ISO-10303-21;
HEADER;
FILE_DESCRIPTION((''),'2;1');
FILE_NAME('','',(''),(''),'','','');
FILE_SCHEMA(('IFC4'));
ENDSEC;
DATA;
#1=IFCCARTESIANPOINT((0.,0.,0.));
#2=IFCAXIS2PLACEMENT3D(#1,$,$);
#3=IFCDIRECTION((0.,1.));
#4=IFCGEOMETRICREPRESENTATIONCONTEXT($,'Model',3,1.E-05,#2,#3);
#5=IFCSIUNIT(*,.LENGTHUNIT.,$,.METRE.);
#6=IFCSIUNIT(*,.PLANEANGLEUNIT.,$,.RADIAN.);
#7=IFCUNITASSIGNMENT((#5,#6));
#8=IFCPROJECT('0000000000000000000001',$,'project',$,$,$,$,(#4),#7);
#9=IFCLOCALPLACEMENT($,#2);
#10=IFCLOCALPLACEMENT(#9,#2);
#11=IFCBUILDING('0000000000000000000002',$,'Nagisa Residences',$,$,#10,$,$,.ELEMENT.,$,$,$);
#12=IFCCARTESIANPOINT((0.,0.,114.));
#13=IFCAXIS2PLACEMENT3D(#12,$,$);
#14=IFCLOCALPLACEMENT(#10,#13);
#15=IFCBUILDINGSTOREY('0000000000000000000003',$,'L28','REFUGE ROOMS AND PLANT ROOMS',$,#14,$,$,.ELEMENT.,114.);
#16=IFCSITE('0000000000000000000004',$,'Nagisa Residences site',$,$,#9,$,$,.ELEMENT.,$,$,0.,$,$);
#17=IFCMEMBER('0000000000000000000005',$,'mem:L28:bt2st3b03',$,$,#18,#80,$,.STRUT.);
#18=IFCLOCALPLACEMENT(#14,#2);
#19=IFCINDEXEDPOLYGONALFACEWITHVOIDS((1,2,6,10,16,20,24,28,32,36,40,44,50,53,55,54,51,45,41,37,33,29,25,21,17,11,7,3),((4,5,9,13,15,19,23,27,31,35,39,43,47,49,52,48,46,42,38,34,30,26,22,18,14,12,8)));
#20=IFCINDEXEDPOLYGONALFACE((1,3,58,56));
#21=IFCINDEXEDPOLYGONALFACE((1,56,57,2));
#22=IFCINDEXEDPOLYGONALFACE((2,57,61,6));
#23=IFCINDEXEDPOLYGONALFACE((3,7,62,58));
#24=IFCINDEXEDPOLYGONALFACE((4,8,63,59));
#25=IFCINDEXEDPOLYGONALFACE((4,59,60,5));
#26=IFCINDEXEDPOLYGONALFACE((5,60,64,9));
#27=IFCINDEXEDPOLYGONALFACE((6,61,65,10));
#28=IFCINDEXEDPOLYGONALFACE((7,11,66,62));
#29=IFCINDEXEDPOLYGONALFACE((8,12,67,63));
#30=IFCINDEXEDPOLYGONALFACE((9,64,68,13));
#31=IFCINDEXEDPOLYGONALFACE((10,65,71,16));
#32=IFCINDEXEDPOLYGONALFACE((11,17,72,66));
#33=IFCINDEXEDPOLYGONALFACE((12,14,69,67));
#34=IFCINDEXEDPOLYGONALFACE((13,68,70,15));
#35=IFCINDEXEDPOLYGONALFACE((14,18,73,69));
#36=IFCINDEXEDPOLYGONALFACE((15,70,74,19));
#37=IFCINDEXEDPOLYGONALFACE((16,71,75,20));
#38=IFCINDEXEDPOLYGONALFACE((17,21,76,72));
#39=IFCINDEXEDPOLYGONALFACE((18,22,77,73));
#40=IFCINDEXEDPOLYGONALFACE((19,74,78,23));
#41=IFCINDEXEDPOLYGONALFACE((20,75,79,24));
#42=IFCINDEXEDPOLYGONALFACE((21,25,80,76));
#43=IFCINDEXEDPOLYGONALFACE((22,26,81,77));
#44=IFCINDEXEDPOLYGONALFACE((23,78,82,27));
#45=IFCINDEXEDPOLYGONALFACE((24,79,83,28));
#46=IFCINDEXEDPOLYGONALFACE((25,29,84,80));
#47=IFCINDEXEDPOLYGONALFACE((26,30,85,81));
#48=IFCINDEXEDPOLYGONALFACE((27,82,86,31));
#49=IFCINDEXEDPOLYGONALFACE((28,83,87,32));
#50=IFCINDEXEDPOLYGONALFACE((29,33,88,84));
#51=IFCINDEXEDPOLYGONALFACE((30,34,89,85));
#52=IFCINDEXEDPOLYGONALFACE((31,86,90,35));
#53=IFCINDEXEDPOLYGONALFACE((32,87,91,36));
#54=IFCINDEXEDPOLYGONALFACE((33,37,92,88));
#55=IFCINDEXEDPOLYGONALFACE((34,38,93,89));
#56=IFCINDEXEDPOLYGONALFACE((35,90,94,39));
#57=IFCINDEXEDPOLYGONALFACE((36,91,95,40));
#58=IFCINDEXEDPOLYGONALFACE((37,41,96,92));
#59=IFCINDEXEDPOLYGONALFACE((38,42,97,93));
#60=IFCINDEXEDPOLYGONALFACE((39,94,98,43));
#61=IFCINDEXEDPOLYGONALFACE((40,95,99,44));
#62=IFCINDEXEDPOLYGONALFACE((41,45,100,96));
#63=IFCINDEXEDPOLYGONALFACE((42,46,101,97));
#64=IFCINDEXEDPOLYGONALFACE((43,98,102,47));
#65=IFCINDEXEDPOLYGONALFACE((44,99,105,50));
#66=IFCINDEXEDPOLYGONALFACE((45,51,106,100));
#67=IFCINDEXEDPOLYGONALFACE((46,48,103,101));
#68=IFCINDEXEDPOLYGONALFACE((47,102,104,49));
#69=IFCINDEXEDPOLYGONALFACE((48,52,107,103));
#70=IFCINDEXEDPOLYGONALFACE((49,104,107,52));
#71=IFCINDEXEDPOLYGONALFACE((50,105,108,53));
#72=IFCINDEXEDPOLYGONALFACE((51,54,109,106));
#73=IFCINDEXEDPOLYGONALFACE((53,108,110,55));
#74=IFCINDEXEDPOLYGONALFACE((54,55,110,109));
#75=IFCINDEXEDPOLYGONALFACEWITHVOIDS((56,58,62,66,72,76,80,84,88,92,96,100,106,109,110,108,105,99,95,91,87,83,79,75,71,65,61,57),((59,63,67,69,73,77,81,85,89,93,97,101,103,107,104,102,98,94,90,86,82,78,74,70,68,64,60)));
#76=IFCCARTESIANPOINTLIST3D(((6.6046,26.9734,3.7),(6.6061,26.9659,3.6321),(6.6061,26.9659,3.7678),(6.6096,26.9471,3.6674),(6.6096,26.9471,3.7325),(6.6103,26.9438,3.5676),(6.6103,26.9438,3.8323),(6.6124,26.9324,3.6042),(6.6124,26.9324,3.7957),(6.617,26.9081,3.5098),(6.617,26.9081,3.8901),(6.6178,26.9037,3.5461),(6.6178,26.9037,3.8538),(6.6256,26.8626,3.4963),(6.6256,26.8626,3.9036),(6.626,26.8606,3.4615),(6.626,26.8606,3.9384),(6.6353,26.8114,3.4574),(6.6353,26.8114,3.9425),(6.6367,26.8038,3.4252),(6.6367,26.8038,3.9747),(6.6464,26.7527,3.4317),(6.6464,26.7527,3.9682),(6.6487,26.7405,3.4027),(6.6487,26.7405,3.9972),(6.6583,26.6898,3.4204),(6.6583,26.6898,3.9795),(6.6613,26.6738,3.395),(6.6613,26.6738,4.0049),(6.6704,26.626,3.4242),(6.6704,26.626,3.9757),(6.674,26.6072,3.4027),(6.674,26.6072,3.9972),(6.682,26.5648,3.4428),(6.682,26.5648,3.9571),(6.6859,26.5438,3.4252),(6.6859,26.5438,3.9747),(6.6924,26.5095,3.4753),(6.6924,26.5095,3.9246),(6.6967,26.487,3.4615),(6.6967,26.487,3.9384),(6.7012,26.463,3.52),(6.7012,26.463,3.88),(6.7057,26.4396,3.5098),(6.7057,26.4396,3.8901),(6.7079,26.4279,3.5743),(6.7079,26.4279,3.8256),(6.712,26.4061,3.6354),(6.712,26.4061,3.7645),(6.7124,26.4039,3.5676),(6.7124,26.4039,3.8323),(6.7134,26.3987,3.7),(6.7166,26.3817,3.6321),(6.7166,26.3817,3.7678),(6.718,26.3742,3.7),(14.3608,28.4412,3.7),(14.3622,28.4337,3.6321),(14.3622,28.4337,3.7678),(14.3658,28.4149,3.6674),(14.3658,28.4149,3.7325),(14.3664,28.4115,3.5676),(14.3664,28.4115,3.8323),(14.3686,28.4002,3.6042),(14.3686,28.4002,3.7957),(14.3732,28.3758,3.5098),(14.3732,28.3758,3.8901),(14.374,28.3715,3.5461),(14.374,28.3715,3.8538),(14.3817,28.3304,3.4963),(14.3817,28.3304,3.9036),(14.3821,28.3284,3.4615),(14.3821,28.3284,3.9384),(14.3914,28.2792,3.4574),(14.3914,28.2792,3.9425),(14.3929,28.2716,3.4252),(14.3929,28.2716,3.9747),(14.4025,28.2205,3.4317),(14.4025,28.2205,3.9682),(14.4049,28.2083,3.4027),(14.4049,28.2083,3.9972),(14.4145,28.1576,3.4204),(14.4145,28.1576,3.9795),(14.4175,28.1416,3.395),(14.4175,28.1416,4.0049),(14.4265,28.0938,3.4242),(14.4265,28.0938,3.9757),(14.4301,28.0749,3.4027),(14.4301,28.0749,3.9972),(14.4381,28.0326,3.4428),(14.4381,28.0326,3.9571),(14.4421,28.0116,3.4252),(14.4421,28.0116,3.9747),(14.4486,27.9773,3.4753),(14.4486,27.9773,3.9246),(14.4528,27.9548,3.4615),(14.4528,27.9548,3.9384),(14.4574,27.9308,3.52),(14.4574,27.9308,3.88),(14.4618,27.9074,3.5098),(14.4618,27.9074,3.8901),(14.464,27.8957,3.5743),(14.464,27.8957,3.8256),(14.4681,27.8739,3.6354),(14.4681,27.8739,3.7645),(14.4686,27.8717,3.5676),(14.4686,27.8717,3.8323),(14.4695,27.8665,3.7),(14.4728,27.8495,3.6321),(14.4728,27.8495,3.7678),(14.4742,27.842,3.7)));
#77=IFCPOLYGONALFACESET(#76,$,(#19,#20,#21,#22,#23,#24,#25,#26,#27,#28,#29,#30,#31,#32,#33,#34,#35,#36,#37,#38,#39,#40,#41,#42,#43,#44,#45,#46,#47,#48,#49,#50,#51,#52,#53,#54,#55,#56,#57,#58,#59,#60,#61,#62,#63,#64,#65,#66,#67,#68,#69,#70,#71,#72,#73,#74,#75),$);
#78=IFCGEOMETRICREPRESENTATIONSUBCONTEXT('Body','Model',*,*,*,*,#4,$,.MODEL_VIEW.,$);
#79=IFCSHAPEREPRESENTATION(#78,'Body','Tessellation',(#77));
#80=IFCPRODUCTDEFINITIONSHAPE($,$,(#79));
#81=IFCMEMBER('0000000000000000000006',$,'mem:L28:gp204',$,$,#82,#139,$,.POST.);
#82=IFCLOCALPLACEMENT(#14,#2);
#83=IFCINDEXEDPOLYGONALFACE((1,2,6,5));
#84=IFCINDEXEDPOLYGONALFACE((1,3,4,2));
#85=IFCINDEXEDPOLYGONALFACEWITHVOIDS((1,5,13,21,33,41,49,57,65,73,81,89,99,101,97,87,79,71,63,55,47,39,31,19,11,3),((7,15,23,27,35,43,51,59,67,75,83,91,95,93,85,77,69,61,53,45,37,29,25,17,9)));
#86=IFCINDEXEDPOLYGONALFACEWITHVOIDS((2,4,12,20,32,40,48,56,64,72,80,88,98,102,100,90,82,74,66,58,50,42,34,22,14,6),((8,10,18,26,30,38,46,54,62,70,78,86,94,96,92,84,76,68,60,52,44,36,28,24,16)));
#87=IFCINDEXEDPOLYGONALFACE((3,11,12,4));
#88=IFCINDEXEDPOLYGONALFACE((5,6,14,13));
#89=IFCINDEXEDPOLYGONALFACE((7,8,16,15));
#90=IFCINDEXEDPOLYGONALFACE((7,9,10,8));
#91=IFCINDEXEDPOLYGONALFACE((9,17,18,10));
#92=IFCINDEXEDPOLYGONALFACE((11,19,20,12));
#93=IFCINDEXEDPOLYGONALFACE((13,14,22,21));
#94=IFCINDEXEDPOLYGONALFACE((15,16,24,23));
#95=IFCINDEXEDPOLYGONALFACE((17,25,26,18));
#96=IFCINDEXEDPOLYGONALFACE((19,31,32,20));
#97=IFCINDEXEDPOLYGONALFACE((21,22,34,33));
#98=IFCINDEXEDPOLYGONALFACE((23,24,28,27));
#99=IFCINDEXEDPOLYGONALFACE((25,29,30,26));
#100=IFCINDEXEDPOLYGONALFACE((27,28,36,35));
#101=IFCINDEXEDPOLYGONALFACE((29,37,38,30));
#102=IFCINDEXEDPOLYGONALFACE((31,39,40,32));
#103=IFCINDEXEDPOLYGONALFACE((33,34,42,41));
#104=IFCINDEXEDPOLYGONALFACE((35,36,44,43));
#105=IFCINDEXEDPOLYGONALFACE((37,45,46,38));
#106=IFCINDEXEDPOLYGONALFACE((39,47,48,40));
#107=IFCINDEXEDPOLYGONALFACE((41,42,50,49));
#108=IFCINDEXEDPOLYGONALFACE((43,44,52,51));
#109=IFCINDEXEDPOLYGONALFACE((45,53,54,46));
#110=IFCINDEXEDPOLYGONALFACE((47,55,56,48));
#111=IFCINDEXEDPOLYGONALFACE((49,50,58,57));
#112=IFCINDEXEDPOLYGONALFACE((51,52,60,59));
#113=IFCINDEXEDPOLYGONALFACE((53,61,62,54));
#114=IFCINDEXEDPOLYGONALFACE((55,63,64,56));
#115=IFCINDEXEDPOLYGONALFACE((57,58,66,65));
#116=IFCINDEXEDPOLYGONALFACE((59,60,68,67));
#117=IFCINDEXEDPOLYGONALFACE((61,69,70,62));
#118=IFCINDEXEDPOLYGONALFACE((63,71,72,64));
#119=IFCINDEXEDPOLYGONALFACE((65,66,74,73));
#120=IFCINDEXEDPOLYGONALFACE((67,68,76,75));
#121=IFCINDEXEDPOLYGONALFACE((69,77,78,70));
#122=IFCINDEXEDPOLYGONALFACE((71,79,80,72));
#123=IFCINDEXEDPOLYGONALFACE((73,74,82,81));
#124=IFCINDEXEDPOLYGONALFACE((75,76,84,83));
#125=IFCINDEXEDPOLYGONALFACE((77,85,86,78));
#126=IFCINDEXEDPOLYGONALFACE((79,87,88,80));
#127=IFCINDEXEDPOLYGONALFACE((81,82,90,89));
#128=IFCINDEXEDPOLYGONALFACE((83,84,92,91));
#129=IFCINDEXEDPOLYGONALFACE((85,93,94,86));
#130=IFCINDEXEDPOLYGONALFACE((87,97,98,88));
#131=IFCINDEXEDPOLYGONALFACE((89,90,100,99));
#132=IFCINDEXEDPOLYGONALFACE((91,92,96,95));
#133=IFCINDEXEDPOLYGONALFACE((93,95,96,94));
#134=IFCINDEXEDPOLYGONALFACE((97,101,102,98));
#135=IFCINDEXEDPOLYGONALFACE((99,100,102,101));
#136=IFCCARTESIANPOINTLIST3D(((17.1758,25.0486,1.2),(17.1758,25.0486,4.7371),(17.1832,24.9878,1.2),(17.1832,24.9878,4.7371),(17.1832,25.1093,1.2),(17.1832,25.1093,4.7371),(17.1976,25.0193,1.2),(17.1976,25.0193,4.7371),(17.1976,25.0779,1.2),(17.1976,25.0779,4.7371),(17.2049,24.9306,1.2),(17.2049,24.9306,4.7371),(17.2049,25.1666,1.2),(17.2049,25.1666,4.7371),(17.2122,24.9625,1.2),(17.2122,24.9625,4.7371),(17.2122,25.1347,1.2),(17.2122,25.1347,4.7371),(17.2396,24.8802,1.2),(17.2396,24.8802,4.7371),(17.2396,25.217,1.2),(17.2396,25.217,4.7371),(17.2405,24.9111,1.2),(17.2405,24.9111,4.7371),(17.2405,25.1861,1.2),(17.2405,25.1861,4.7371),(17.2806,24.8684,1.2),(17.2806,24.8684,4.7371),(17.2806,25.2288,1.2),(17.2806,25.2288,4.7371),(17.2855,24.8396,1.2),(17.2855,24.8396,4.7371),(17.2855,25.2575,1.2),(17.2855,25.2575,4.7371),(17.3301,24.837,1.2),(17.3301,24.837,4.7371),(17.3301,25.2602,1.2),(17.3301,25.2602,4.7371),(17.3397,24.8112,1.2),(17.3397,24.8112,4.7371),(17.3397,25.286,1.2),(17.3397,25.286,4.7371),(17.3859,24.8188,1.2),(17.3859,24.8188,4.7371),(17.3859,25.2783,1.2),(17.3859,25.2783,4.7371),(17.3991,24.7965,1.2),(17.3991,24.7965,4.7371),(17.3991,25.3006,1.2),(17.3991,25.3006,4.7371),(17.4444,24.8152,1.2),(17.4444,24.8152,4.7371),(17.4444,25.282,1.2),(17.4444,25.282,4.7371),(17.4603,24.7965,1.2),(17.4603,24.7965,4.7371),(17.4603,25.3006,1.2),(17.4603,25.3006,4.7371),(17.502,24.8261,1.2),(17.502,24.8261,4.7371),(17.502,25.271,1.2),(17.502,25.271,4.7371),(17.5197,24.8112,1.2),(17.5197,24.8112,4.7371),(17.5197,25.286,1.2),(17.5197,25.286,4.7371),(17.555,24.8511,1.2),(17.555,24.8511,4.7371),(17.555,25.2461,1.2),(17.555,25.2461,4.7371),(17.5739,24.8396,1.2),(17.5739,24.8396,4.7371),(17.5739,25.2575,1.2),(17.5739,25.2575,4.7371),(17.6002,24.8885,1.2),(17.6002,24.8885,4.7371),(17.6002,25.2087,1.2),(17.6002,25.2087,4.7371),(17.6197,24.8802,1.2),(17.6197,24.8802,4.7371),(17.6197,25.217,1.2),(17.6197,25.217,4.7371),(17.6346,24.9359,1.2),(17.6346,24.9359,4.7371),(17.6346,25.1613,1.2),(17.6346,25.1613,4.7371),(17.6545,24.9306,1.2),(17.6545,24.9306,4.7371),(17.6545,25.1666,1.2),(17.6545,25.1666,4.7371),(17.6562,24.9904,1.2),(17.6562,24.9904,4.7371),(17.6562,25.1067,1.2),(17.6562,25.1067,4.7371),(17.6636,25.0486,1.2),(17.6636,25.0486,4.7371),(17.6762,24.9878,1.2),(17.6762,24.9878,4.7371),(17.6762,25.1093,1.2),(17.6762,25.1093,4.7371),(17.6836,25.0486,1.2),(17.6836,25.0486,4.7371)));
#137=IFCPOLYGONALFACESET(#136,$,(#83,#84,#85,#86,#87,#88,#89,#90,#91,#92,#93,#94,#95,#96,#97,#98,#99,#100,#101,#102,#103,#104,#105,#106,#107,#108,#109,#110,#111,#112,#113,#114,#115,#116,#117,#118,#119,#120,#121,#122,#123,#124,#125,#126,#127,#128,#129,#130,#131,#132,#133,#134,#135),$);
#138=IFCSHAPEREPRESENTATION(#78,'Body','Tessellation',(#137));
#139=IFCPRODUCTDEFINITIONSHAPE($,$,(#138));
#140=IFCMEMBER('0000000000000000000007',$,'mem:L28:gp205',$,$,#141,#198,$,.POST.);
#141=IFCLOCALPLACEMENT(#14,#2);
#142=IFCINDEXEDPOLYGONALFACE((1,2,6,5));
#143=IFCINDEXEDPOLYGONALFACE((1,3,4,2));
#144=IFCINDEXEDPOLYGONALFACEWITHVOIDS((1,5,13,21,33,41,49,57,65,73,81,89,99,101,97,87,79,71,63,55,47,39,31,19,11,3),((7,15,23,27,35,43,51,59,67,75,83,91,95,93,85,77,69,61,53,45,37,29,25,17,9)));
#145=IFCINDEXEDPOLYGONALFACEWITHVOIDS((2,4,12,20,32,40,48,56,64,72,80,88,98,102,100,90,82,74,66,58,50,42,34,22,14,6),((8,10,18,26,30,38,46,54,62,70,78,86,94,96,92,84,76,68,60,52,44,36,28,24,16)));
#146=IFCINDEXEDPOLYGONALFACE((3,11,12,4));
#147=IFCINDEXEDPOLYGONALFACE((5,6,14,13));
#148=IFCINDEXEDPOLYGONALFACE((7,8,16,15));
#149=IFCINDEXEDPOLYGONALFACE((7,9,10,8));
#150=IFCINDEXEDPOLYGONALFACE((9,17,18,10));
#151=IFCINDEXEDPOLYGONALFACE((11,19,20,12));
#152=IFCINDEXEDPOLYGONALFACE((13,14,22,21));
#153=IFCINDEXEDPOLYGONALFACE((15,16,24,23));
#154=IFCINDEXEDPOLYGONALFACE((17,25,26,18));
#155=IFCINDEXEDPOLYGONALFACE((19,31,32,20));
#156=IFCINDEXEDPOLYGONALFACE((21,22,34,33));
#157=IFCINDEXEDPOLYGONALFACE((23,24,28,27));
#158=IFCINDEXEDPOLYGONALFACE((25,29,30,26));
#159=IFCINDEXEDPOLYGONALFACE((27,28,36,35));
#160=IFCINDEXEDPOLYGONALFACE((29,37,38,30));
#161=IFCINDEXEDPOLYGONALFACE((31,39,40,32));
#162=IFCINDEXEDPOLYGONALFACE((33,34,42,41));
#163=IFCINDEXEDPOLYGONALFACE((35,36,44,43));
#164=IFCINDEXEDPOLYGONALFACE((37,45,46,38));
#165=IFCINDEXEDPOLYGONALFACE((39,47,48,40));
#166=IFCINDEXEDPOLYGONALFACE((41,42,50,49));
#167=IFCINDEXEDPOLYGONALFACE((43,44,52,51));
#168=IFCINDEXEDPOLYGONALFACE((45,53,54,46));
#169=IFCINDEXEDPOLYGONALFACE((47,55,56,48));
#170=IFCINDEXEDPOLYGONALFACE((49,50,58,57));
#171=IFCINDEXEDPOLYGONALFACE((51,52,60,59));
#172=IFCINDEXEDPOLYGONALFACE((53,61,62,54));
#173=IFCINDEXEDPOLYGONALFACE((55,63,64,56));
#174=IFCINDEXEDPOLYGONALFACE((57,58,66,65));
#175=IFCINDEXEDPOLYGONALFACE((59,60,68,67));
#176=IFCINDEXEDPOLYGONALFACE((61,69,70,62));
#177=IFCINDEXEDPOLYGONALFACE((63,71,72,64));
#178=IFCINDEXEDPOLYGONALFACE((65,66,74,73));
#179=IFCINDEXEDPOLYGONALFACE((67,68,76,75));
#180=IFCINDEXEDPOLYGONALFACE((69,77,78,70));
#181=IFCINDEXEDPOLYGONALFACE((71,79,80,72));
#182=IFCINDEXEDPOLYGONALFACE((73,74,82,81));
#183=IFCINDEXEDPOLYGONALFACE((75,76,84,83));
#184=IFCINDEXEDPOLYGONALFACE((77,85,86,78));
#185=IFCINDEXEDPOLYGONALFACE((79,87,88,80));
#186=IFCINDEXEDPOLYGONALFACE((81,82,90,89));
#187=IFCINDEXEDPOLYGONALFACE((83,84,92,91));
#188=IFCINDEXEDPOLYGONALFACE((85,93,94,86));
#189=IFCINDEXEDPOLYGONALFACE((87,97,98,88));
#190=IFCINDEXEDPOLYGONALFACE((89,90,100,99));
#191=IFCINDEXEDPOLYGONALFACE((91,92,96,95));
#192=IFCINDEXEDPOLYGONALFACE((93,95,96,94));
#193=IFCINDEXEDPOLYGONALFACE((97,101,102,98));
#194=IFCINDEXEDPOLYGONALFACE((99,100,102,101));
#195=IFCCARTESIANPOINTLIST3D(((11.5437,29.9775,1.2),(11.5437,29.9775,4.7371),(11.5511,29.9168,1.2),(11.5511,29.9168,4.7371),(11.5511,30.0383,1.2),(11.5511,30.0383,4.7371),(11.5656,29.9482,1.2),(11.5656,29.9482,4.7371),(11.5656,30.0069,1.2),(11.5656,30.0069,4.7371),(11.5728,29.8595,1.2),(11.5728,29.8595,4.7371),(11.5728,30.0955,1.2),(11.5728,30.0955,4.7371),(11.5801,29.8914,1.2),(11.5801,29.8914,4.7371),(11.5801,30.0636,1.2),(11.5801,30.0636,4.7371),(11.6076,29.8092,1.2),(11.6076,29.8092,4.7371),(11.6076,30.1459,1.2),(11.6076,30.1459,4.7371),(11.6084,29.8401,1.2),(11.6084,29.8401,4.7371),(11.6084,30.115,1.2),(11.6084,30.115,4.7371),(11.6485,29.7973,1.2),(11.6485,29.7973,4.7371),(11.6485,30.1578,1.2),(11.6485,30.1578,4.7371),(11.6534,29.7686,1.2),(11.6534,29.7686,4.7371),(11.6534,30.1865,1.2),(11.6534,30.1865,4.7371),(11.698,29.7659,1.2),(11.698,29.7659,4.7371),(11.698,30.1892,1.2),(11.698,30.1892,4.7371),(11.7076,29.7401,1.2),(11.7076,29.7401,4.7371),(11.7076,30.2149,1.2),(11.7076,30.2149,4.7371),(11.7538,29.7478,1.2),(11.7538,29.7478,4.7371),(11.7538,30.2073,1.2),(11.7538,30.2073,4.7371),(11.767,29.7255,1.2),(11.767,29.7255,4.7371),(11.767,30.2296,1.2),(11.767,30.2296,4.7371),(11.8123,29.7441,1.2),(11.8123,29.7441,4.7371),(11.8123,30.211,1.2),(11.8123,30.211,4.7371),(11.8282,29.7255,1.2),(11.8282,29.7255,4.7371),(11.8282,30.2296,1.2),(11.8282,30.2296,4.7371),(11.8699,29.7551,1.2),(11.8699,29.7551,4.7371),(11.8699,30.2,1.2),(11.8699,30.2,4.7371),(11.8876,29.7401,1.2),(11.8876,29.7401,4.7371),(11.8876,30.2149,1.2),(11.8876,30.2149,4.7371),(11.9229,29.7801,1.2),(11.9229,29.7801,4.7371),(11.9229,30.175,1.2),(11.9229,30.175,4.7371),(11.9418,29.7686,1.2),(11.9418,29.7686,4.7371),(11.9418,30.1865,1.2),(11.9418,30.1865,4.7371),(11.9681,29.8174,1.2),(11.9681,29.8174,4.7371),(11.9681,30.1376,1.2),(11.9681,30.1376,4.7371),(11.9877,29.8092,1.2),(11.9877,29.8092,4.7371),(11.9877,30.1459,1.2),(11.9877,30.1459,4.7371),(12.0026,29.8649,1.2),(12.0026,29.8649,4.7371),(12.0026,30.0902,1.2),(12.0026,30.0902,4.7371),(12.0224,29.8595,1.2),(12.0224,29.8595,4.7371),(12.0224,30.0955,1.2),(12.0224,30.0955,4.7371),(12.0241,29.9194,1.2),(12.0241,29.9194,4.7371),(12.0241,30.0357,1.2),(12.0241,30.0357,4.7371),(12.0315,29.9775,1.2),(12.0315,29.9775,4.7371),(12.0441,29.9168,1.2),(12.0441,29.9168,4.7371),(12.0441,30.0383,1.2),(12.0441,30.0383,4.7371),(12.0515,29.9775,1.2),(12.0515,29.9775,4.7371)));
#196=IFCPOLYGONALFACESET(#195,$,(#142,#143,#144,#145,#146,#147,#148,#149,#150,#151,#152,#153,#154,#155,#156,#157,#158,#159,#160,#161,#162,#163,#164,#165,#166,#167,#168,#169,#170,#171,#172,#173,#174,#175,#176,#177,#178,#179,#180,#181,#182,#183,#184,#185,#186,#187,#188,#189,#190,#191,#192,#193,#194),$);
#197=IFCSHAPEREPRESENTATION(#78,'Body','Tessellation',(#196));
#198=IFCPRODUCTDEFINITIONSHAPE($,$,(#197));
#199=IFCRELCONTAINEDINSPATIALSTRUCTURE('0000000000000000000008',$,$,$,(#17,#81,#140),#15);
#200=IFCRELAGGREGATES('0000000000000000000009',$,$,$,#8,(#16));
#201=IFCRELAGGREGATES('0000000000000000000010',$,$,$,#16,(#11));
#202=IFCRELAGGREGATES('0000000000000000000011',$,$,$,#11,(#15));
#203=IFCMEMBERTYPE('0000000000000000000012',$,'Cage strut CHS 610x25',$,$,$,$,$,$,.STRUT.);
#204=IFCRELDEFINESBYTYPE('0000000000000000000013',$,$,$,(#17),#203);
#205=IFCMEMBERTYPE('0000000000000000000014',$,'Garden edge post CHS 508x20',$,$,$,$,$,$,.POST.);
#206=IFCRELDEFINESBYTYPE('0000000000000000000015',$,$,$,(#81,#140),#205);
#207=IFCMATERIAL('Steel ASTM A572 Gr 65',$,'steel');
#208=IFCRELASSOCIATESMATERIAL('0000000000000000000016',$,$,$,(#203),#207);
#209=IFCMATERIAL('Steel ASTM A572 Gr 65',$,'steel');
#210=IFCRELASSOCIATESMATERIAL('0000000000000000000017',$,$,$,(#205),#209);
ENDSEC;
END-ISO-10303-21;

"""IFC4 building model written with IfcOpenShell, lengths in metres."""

from ifc_helpers import new_model, si_unit, direction, frame, origin, origin_2d, place, context, subcontext, project, spatial, hollow_circle, extrude, material, material_profile, profile_set, type_object, element, save


model = new_model("IFC4")

# Units and contexts
model_context = context("Model", 3, precision=1e-05, world=origin(), true_north=direction((0.0, 1.0)))
body_context = subcontext(model_context, "Body", "Model", "MODEL_VIEW")
ifc_project = project(units=[si_unit("LENGTHUNIT", "METRE"), si_unit("PLANEANGLEUNIT", "RADIAN")], contexts=[model_context])

# Site, building, storey
site_placement = place(None, origin())
site = spatial("IfcSite", under=ifc_project, at=site_placement, Name="Nagisa Residences site", CompositionType="ELEMENT", RefElevation=0.0)
building_placement = place(site_placement, origin())
building = spatial("IfcBuilding", under=site, at=building_placement, Name="Nagisa Residences", CompositionType="ELEMENT")
storey_placement = place(building_placement, frame((0.0, 0.0, 114.0)))
storey = spatial("IfcBuildingStorey", under=building, at=storey_placement, Name="L28", Description="REFUGE ROOMS AND PLANT ROOMS", CompositionType="ELEMENT", Elevation=114.0)

# Members
ifc_material_1 = material(Name="Steel ASTM A572 Gr 65", Category="steel")
ifc_material_profile_1 = material_profile(ifc_material_1, hollow_circle(Radius=0.3049, WallThickness=0.0249, at=origin_2d()), Name="CHS 610x25")
ifc_profile_set_1 = profile_set([ifc_material_profile_1], Name="Steel ASTM A572 Gr 65")
member_type_1 = type_object("IfcMemberType", Name="Cage strut CHS 610x25", PredefinedType="STRUT", material=ifc_profile_set_1)
member_1_placement = place(storey_placement, frame((14.4175, 28.1416, 3.7), z_axis=(-0.982561, -0.185941, 0.0), x_axis=(0.185941, -0.982561, 0.0)))
element("IfcMember", 1, at=member_1_placement, inside=storey, type_object=member_type_1, Name="mem:L28:bt2st3b03", PredefinedType="STRUT", context=body_context, shape_type="SweptSolid", body=[
    extrude(hollow_circle(Radius=0.3049, WallThickness=0.0249, at=origin_2d()), origin(), (0.0, 0.0, 1.0), 7.8938),
])
ifc_material_2 = material(Name="Steel ASTM A572 Gr 65", Category="steel")
ifc_material_profile_2 = material_profile(ifc_material_2, hollow_circle(Radius=0.2539, WallThickness=0.02, at=origin_2d()), Name="CHS 508x20")
ifc_profile_set_2 = profile_set([ifc_material_profile_2], Name="Steel ASTM A572 Gr 65")
member_type_2 = type_object("IfcMemberType", Name="Garden edge post CHS 508x20", PredefinedType="POST", material=ifc_profile_set_2)
for number, where, z_axis, x_axis, name in (
    (2, (17.4297, 25.0486, 1.2), (0.0, 0.0, 1.0), (1.0, 0.0, 0.0), "mem:L28:gp204"),
    (3, (11.7976, 29.9775, 1.2), (0.0, 0.0, 1.0), (1.0, 0.0, 0.0), "mem:L28:gp205"),
):
    element("IfcMember", number, at=place(storey_placement, frame(where, z_axis=z_axis, x_axis=x_axis)), inside=storey, type_object=member_type_2, Name=name, PredefinedType="POST", context=body_context, shape_type="SweptSolid", body=[
        extrude(hollow_circle(Radius=0.2539, WallThickness=0.02, at=origin_2d()), origin(), (0.0, 0.0, 1.0), 3.5371),
    ])

save(model, "model.ifc")
